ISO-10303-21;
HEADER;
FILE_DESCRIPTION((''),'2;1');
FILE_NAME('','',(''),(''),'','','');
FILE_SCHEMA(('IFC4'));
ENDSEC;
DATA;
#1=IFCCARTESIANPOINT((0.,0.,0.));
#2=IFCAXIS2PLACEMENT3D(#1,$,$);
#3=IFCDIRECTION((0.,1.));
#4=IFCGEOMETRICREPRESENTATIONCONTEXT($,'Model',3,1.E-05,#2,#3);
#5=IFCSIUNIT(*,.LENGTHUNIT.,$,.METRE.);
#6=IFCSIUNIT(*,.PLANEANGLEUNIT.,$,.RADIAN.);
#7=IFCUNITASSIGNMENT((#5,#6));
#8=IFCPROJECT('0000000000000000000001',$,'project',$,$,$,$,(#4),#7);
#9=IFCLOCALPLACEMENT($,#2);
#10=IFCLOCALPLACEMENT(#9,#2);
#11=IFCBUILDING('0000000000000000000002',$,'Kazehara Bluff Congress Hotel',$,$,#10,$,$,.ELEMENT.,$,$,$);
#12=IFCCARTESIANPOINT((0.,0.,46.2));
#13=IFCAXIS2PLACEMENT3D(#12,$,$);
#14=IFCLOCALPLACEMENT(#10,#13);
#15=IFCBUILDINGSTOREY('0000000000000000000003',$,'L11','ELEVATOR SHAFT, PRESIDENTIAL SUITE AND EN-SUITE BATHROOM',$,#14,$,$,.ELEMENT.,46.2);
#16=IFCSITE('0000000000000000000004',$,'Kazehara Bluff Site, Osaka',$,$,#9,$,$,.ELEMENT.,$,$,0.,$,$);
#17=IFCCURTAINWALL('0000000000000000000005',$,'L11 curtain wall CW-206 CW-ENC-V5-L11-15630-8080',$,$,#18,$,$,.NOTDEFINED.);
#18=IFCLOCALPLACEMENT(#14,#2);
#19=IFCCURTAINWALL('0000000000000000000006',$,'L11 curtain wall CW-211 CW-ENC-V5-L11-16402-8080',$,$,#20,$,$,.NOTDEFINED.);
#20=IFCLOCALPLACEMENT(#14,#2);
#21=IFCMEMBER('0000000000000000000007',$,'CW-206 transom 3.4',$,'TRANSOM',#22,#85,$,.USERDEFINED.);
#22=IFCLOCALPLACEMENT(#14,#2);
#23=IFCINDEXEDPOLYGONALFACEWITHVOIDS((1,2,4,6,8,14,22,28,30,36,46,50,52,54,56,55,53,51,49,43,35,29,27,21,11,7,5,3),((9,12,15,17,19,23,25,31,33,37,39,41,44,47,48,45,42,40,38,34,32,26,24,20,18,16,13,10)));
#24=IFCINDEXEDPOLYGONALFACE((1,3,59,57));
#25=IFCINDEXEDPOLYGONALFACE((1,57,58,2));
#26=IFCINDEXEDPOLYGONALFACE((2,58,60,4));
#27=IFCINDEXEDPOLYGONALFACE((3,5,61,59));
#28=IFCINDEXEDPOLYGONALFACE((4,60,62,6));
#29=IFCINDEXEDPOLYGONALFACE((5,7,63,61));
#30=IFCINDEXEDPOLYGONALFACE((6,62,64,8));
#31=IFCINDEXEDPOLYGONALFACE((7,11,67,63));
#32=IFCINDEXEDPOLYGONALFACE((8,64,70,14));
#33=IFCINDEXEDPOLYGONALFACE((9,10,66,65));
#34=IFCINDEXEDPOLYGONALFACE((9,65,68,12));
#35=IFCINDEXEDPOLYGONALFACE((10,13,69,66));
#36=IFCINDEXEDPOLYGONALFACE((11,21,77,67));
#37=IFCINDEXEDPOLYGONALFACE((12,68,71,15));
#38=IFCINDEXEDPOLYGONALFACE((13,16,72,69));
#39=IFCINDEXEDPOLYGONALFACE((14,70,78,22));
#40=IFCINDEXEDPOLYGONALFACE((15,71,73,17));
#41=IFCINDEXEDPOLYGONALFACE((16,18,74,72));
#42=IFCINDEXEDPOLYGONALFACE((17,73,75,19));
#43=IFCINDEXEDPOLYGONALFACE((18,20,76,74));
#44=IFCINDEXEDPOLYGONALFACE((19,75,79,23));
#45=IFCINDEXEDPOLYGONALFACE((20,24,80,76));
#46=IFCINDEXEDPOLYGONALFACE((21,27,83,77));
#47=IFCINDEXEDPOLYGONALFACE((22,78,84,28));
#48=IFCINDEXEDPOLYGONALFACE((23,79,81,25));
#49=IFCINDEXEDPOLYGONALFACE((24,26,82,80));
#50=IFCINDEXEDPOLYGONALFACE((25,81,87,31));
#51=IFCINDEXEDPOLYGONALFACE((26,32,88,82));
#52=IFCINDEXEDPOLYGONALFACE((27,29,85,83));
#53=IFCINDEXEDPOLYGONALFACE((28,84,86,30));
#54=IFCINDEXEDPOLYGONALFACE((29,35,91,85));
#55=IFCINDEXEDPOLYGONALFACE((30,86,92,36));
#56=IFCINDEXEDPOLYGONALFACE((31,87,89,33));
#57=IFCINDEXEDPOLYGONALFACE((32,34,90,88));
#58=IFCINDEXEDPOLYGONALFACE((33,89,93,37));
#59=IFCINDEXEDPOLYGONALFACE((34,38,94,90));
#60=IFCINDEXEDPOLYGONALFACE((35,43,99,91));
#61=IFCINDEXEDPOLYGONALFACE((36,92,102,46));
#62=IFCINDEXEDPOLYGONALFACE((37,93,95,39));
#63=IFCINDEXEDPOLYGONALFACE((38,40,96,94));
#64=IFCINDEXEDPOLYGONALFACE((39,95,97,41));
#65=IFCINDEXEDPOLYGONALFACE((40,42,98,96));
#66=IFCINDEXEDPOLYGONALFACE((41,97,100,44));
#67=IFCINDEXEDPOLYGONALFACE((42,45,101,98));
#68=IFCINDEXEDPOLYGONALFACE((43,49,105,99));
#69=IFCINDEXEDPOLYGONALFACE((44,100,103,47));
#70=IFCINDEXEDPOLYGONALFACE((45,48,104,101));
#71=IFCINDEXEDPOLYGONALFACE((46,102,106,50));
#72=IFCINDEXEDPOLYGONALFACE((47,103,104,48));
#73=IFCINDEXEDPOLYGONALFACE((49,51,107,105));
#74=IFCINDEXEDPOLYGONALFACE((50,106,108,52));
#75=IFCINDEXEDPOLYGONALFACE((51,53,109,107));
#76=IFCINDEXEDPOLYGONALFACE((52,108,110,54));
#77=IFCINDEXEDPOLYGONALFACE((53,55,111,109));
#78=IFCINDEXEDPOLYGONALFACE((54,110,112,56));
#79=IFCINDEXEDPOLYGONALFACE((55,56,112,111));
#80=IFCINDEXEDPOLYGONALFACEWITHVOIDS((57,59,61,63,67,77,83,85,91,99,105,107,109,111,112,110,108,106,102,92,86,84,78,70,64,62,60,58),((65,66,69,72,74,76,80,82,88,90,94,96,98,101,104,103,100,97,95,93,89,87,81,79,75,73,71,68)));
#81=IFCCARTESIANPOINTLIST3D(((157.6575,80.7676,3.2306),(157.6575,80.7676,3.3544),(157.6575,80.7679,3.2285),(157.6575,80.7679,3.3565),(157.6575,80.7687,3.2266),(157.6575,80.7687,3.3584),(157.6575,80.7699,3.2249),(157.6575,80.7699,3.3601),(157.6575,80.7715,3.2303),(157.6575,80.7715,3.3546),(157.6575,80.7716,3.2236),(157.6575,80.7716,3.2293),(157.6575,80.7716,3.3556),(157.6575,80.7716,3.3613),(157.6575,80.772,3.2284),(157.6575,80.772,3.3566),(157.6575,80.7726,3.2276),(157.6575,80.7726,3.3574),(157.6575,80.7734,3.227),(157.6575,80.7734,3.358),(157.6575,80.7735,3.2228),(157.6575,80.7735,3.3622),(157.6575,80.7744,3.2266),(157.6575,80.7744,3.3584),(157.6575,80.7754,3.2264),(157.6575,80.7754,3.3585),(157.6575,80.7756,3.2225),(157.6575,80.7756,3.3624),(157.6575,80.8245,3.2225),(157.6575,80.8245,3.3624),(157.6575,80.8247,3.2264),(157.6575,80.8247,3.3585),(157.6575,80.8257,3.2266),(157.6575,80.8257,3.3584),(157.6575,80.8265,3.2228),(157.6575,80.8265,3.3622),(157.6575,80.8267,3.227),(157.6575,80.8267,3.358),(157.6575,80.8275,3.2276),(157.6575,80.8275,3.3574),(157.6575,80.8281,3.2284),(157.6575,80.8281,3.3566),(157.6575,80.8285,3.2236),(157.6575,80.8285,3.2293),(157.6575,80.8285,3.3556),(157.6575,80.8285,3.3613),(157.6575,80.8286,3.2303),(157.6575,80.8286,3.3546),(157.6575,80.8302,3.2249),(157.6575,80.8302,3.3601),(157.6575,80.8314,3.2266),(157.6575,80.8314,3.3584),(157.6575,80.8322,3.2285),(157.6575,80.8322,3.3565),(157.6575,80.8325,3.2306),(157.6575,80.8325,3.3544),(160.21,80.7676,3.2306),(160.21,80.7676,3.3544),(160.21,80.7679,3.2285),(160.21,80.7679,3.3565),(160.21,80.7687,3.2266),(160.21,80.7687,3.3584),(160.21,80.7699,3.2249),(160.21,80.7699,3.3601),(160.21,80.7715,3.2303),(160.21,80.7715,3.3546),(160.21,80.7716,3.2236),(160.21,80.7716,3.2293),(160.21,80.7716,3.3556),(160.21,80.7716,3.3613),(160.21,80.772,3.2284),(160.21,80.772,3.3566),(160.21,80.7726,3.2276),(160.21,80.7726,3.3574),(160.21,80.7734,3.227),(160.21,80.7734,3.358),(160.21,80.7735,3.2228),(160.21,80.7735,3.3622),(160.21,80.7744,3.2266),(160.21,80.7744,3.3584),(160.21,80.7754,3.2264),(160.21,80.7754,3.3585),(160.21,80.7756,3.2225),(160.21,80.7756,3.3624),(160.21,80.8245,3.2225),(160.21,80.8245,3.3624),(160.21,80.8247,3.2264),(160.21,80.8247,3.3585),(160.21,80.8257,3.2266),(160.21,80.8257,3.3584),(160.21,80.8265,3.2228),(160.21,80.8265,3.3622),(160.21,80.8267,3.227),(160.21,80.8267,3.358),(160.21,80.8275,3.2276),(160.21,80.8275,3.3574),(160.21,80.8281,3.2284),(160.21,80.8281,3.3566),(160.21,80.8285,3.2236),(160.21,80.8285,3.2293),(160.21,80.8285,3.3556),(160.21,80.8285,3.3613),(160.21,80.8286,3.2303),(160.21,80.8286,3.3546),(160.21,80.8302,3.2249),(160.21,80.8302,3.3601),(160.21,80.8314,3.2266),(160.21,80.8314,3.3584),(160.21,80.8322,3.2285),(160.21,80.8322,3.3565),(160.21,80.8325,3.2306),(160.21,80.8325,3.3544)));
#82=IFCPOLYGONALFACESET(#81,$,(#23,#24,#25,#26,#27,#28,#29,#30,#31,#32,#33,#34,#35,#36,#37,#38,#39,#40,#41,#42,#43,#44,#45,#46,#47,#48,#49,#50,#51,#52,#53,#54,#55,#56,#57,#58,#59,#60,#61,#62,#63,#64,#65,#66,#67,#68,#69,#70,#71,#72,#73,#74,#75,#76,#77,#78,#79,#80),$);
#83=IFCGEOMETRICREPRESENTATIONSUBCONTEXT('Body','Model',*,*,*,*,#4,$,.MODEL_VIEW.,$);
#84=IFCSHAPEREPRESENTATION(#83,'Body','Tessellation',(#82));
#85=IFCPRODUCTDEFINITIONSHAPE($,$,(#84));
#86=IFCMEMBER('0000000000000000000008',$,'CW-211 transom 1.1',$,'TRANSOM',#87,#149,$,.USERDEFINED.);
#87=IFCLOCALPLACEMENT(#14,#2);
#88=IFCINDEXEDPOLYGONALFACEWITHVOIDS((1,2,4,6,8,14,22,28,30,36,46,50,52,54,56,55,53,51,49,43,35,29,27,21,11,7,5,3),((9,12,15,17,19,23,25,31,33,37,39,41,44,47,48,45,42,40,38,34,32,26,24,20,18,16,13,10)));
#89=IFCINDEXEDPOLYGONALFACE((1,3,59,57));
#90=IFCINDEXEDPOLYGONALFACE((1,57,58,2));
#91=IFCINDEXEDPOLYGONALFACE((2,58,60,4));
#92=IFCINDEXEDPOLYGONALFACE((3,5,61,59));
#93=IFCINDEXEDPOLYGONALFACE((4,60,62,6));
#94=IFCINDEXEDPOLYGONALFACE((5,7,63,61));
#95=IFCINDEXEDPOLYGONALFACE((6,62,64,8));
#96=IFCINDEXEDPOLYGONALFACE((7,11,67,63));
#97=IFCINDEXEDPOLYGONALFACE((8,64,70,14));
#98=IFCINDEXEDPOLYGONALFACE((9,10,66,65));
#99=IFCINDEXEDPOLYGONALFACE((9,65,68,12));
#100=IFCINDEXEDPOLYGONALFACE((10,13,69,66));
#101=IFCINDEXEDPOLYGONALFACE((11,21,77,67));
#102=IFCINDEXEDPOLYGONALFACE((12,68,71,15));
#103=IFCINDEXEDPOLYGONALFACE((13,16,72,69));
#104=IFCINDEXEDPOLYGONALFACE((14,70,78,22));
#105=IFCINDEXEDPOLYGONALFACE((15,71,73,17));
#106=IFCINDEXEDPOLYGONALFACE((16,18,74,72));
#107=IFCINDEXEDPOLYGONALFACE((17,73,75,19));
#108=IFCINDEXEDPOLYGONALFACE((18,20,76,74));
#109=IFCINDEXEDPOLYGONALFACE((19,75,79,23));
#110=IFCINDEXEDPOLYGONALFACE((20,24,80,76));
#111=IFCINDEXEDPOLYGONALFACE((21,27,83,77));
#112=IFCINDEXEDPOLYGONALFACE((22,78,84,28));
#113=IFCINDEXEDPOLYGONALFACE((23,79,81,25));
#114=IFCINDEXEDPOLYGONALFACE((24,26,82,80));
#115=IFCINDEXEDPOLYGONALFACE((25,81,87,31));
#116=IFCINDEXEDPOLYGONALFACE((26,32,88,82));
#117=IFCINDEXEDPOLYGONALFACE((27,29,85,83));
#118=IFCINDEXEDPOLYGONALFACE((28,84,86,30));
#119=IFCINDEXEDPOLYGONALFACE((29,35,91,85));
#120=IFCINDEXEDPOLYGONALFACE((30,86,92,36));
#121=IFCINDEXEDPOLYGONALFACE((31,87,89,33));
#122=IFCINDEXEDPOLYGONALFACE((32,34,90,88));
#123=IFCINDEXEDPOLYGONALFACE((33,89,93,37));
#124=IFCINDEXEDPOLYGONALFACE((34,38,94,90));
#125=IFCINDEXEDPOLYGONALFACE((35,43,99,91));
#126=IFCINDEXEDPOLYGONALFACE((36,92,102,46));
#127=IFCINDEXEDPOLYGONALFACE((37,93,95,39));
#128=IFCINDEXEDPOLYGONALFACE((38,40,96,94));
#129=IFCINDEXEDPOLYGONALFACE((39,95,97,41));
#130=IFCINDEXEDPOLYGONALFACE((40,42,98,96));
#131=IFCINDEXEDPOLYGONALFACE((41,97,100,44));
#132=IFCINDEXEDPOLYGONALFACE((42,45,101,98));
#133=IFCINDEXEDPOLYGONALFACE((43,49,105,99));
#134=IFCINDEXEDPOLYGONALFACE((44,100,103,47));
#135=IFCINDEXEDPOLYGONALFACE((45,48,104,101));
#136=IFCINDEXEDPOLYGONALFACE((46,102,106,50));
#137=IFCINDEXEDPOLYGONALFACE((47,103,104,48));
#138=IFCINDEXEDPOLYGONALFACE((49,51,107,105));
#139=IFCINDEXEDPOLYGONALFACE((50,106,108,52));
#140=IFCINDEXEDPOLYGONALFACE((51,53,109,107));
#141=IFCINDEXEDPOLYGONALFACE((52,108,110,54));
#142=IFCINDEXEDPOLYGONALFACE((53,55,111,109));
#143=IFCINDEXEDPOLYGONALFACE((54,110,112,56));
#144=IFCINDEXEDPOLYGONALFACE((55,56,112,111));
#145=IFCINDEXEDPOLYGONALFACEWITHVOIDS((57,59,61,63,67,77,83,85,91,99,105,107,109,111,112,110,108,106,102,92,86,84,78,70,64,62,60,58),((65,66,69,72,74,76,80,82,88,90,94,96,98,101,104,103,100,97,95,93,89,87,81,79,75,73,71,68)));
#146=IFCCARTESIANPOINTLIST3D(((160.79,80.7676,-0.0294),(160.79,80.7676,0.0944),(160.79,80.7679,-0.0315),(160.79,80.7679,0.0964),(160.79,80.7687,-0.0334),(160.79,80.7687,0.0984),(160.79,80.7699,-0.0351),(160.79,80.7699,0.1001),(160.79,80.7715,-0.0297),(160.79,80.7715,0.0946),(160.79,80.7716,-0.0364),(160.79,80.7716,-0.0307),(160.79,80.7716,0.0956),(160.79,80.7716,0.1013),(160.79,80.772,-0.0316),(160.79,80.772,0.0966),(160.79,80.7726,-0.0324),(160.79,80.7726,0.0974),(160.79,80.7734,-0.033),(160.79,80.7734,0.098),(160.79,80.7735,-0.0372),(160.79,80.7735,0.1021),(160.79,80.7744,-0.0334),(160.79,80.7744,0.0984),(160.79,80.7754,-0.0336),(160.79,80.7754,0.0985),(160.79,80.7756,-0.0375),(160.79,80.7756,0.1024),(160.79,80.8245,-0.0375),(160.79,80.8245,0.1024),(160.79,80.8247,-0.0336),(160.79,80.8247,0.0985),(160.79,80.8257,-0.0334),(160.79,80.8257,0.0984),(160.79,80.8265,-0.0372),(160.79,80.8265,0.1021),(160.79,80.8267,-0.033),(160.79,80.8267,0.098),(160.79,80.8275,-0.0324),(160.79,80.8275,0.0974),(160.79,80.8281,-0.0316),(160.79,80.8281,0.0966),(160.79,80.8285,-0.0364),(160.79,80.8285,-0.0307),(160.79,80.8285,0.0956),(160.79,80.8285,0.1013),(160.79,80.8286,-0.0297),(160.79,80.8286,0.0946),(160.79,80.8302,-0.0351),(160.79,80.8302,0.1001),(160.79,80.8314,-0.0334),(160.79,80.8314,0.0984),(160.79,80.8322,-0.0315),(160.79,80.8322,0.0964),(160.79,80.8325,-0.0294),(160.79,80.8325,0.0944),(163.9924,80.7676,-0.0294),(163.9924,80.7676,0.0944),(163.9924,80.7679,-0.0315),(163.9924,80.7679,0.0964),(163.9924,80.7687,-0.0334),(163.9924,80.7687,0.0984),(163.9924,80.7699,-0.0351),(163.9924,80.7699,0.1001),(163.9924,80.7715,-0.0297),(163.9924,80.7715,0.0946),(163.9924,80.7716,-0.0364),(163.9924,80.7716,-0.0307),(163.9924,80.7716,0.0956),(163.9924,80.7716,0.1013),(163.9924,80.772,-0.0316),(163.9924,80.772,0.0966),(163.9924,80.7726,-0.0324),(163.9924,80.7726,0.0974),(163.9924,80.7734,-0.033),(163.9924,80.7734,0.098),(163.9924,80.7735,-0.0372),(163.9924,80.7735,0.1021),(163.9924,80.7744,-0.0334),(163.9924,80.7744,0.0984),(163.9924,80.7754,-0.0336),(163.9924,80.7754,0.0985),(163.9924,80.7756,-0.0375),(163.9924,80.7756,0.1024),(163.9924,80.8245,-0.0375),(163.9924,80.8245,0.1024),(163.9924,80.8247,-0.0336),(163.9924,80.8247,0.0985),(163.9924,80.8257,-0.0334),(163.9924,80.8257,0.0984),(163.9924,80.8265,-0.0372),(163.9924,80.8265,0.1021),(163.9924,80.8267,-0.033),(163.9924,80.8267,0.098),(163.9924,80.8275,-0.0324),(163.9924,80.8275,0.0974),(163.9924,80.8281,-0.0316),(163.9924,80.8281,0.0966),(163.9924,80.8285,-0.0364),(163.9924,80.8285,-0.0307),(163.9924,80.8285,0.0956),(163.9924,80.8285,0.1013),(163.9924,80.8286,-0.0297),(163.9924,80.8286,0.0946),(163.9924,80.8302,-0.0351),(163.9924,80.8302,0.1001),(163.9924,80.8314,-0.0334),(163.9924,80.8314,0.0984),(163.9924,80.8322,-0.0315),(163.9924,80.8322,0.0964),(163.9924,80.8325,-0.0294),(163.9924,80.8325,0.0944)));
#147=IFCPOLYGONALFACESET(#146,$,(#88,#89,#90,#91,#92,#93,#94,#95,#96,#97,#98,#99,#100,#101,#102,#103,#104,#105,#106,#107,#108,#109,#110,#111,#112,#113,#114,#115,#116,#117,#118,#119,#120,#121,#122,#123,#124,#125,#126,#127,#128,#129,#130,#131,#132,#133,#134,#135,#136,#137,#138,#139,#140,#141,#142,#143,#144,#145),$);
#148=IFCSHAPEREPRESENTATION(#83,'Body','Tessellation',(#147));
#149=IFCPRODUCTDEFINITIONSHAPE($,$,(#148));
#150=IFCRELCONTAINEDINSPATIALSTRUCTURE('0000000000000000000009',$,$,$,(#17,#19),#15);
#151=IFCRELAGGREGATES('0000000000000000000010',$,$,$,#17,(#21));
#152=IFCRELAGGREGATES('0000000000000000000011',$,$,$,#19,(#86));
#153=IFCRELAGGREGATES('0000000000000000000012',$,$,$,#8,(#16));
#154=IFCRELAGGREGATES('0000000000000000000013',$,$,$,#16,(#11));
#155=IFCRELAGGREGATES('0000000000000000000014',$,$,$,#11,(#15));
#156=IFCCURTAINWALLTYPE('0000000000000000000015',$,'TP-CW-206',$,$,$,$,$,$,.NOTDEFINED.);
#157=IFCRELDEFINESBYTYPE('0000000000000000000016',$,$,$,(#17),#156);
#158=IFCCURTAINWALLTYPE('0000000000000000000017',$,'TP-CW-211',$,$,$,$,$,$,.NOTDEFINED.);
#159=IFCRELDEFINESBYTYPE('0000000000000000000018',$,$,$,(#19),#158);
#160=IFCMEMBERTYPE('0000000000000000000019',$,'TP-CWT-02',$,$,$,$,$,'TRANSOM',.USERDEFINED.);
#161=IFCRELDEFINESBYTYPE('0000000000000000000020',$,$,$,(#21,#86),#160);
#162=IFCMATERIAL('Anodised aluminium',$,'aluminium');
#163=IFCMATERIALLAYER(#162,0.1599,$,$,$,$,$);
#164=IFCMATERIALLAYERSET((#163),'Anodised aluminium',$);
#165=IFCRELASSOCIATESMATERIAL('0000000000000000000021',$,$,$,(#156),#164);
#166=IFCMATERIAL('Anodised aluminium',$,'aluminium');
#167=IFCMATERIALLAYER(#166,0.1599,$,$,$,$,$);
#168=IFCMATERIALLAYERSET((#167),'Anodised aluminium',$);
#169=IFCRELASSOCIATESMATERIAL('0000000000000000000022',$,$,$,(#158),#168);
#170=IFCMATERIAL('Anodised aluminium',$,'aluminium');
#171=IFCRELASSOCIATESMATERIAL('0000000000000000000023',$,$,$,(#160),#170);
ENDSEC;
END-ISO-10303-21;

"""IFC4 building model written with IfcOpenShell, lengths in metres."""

from ifc_helpers import new_model, si_unit, direction, frame, origin, origin_2d, place, context, subcontext, project, spatial, hollow_rectangle, extrude, material, layer, layer_set, material_profile, profile_set, type_object, element, aggregate, save


model = new_model("IFC4")

# Units and contexts
model_context = context("Model", 3, precision=1e-05, world=origin(), true_north=direction((0.0, 1.0)))
body_context = subcontext(model_context, "Body", "Model", "MODEL_VIEW")
ifc_project = project(units=[si_unit("LENGTHUNIT", "METRE"), si_unit("PLANEANGLEUNIT", "RADIAN")], contexts=[model_context])

# Site, building, storey
site_placement = place(None, origin())
site = spatial("IfcSite", under=ifc_project, at=site_placement, Name="Kazehara Bluff Site, Osaka", CompositionType="ELEMENT", RefElevation=0.0)
building_placement = place(site_placement, origin())
building = spatial("IfcBuilding", under=site, at=building_placement, Name="Kazehara Bluff Congress Hotel", CompositionType="ELEMENT")
storey_placement = place(building_placement, frame((0.0, 0.0, 46.2)))
storey = spatial("IfcBuildingStorey", under=building, at=storey_placement, Name="L11", Description="ELEVATOR SHAFT, PRESIDENTIAL SUITE AND EN-SUITE BATHROOM", CompositionType="ELEMENT", Elevation=46.2)

# Curtain walls
ifc_material_1 = material(Name="Anodised aluminium", Category="aluminium")
ifc_layer_1 = layer(ifc_material_1, 0.1599)
ifc_layer_set_1 = layer_set([ifc_layer_1], Name="Anodised aluminium")
curtain_wall_type_1 = type_object("IfcCurtainWallType", Name="TP-CW-206", PredefinedType="NOTDEFINED", material=ifc_layer_set_1)
curtain_wall_1_placement = place(storey_placement, origin())
curtain_wall_1 = element("IfcCurtainWall", 1, at=curtain_wall_1_placement, inside=storey, type_object=curtain_wall_type_1, Name="L11 curtain wall CW-206 CW-ENC-V5-L11-15630-8080", PredefinedType="NOTDEFINED")
ifc_material_2 = material(Name="Anodised aluminium", Category="aluminium")
ifc_layer_2 = layer(ifc_material_2, 0.1599)
ifc_layer_set_2 = layer_set([ifc_layer_2], Name="Anodised aluminium")
curtain_wall_type_2 = type_object("IfcCurtainWallType", Name="TP-CW-211", PredefinedType="NOTDEFINED", material=ifc_layer_set_2)
curtain_wall_2_placement = place(storey_placement, origin())
curtain_wall_2 = element("IfcCurtainWall", 2, at=curtain_wall_2_placement, inside=storey, type_object=curtain_wall_type_2, Name="L11 curtain wall CW-211 CW-ENC-V5-L11-16402-8080", PredefinedType="NOTDEFINED")

# Members
ifc_material_3 = material(Name="Anodised aluminium", Category="aluminium")
ifc_material_profile_1 = material_profile(ifc_material_3, hollow_rectangle(XDim=0.0649, YDim=0.1399, WallThickness=0.0039, InnerFilletRadius=0.0039, OuterFilletRadius=0.0081, at=origin_2d()))
ifc_profile_set_1 = profile_set([ifc_material_profile_1], Name="Anodised aluminium")
member_type_1 = type_object("IfcMemberType", Name="TP-CWT-02", ElementType="TRANSOM", PredefinedType="USERDEFINED", material=ifc_profile_set_1)
member_1_placement = place(storey_placement, frame((157.6575, 80.8, 3.2925), z_axis=(1.0, 0.0, 0.0), x_axis=(0.0, 1.0, 0.0)))
member_1 = element("IfcMember", 3, at=member_1_placement, type_object=member_type_1, Name="CW-206 transom 3.4", ObjectType="TRANSOM", PredefinedType="USERDEFINED", context=body_context, shape_type="SweptSolid", body=[
    extrude(hollow_rectangle(XDim=0.0649, YDim=0.1399, WallThickness=0.0039, InnerFilletRadius=0.0039, OuterFilletRadius=0.0081, at=origin_2d()), origin(), (0.0, 0.0, 1.0), 2.5525),
])
member_2_placement = place(storey_placement, frame((160.79, 80.8, 0.0325), z_axis=(1.0, 0.0, 0.0), x_axis=(0.0, 1.0, 0.0)))
member_2 = element("IfcMember", 4, at=member_2_placement, type_object=member_type_1, Name="CW-211 transom 1.1", ObjectType="TRANSOM", PredefinedType="USERDEFINED", context=body_context, shape_type="SweptSolid", body=[
    extrude(hollow_rectangle(XDim=0.0649, YDim=0.1399, WallThickness=0.0039, InnerFilletRadius=0.0039, OuterFilletRadius=0.0081, at=origin_2d()), origin(), (0.0, 0.0, 1.0), 3.2024),
])

aggregate(curtain_wall_1, [member_1])
aggregate(curtain_wall_2, [member_2])

save(model, "model.ifc")
